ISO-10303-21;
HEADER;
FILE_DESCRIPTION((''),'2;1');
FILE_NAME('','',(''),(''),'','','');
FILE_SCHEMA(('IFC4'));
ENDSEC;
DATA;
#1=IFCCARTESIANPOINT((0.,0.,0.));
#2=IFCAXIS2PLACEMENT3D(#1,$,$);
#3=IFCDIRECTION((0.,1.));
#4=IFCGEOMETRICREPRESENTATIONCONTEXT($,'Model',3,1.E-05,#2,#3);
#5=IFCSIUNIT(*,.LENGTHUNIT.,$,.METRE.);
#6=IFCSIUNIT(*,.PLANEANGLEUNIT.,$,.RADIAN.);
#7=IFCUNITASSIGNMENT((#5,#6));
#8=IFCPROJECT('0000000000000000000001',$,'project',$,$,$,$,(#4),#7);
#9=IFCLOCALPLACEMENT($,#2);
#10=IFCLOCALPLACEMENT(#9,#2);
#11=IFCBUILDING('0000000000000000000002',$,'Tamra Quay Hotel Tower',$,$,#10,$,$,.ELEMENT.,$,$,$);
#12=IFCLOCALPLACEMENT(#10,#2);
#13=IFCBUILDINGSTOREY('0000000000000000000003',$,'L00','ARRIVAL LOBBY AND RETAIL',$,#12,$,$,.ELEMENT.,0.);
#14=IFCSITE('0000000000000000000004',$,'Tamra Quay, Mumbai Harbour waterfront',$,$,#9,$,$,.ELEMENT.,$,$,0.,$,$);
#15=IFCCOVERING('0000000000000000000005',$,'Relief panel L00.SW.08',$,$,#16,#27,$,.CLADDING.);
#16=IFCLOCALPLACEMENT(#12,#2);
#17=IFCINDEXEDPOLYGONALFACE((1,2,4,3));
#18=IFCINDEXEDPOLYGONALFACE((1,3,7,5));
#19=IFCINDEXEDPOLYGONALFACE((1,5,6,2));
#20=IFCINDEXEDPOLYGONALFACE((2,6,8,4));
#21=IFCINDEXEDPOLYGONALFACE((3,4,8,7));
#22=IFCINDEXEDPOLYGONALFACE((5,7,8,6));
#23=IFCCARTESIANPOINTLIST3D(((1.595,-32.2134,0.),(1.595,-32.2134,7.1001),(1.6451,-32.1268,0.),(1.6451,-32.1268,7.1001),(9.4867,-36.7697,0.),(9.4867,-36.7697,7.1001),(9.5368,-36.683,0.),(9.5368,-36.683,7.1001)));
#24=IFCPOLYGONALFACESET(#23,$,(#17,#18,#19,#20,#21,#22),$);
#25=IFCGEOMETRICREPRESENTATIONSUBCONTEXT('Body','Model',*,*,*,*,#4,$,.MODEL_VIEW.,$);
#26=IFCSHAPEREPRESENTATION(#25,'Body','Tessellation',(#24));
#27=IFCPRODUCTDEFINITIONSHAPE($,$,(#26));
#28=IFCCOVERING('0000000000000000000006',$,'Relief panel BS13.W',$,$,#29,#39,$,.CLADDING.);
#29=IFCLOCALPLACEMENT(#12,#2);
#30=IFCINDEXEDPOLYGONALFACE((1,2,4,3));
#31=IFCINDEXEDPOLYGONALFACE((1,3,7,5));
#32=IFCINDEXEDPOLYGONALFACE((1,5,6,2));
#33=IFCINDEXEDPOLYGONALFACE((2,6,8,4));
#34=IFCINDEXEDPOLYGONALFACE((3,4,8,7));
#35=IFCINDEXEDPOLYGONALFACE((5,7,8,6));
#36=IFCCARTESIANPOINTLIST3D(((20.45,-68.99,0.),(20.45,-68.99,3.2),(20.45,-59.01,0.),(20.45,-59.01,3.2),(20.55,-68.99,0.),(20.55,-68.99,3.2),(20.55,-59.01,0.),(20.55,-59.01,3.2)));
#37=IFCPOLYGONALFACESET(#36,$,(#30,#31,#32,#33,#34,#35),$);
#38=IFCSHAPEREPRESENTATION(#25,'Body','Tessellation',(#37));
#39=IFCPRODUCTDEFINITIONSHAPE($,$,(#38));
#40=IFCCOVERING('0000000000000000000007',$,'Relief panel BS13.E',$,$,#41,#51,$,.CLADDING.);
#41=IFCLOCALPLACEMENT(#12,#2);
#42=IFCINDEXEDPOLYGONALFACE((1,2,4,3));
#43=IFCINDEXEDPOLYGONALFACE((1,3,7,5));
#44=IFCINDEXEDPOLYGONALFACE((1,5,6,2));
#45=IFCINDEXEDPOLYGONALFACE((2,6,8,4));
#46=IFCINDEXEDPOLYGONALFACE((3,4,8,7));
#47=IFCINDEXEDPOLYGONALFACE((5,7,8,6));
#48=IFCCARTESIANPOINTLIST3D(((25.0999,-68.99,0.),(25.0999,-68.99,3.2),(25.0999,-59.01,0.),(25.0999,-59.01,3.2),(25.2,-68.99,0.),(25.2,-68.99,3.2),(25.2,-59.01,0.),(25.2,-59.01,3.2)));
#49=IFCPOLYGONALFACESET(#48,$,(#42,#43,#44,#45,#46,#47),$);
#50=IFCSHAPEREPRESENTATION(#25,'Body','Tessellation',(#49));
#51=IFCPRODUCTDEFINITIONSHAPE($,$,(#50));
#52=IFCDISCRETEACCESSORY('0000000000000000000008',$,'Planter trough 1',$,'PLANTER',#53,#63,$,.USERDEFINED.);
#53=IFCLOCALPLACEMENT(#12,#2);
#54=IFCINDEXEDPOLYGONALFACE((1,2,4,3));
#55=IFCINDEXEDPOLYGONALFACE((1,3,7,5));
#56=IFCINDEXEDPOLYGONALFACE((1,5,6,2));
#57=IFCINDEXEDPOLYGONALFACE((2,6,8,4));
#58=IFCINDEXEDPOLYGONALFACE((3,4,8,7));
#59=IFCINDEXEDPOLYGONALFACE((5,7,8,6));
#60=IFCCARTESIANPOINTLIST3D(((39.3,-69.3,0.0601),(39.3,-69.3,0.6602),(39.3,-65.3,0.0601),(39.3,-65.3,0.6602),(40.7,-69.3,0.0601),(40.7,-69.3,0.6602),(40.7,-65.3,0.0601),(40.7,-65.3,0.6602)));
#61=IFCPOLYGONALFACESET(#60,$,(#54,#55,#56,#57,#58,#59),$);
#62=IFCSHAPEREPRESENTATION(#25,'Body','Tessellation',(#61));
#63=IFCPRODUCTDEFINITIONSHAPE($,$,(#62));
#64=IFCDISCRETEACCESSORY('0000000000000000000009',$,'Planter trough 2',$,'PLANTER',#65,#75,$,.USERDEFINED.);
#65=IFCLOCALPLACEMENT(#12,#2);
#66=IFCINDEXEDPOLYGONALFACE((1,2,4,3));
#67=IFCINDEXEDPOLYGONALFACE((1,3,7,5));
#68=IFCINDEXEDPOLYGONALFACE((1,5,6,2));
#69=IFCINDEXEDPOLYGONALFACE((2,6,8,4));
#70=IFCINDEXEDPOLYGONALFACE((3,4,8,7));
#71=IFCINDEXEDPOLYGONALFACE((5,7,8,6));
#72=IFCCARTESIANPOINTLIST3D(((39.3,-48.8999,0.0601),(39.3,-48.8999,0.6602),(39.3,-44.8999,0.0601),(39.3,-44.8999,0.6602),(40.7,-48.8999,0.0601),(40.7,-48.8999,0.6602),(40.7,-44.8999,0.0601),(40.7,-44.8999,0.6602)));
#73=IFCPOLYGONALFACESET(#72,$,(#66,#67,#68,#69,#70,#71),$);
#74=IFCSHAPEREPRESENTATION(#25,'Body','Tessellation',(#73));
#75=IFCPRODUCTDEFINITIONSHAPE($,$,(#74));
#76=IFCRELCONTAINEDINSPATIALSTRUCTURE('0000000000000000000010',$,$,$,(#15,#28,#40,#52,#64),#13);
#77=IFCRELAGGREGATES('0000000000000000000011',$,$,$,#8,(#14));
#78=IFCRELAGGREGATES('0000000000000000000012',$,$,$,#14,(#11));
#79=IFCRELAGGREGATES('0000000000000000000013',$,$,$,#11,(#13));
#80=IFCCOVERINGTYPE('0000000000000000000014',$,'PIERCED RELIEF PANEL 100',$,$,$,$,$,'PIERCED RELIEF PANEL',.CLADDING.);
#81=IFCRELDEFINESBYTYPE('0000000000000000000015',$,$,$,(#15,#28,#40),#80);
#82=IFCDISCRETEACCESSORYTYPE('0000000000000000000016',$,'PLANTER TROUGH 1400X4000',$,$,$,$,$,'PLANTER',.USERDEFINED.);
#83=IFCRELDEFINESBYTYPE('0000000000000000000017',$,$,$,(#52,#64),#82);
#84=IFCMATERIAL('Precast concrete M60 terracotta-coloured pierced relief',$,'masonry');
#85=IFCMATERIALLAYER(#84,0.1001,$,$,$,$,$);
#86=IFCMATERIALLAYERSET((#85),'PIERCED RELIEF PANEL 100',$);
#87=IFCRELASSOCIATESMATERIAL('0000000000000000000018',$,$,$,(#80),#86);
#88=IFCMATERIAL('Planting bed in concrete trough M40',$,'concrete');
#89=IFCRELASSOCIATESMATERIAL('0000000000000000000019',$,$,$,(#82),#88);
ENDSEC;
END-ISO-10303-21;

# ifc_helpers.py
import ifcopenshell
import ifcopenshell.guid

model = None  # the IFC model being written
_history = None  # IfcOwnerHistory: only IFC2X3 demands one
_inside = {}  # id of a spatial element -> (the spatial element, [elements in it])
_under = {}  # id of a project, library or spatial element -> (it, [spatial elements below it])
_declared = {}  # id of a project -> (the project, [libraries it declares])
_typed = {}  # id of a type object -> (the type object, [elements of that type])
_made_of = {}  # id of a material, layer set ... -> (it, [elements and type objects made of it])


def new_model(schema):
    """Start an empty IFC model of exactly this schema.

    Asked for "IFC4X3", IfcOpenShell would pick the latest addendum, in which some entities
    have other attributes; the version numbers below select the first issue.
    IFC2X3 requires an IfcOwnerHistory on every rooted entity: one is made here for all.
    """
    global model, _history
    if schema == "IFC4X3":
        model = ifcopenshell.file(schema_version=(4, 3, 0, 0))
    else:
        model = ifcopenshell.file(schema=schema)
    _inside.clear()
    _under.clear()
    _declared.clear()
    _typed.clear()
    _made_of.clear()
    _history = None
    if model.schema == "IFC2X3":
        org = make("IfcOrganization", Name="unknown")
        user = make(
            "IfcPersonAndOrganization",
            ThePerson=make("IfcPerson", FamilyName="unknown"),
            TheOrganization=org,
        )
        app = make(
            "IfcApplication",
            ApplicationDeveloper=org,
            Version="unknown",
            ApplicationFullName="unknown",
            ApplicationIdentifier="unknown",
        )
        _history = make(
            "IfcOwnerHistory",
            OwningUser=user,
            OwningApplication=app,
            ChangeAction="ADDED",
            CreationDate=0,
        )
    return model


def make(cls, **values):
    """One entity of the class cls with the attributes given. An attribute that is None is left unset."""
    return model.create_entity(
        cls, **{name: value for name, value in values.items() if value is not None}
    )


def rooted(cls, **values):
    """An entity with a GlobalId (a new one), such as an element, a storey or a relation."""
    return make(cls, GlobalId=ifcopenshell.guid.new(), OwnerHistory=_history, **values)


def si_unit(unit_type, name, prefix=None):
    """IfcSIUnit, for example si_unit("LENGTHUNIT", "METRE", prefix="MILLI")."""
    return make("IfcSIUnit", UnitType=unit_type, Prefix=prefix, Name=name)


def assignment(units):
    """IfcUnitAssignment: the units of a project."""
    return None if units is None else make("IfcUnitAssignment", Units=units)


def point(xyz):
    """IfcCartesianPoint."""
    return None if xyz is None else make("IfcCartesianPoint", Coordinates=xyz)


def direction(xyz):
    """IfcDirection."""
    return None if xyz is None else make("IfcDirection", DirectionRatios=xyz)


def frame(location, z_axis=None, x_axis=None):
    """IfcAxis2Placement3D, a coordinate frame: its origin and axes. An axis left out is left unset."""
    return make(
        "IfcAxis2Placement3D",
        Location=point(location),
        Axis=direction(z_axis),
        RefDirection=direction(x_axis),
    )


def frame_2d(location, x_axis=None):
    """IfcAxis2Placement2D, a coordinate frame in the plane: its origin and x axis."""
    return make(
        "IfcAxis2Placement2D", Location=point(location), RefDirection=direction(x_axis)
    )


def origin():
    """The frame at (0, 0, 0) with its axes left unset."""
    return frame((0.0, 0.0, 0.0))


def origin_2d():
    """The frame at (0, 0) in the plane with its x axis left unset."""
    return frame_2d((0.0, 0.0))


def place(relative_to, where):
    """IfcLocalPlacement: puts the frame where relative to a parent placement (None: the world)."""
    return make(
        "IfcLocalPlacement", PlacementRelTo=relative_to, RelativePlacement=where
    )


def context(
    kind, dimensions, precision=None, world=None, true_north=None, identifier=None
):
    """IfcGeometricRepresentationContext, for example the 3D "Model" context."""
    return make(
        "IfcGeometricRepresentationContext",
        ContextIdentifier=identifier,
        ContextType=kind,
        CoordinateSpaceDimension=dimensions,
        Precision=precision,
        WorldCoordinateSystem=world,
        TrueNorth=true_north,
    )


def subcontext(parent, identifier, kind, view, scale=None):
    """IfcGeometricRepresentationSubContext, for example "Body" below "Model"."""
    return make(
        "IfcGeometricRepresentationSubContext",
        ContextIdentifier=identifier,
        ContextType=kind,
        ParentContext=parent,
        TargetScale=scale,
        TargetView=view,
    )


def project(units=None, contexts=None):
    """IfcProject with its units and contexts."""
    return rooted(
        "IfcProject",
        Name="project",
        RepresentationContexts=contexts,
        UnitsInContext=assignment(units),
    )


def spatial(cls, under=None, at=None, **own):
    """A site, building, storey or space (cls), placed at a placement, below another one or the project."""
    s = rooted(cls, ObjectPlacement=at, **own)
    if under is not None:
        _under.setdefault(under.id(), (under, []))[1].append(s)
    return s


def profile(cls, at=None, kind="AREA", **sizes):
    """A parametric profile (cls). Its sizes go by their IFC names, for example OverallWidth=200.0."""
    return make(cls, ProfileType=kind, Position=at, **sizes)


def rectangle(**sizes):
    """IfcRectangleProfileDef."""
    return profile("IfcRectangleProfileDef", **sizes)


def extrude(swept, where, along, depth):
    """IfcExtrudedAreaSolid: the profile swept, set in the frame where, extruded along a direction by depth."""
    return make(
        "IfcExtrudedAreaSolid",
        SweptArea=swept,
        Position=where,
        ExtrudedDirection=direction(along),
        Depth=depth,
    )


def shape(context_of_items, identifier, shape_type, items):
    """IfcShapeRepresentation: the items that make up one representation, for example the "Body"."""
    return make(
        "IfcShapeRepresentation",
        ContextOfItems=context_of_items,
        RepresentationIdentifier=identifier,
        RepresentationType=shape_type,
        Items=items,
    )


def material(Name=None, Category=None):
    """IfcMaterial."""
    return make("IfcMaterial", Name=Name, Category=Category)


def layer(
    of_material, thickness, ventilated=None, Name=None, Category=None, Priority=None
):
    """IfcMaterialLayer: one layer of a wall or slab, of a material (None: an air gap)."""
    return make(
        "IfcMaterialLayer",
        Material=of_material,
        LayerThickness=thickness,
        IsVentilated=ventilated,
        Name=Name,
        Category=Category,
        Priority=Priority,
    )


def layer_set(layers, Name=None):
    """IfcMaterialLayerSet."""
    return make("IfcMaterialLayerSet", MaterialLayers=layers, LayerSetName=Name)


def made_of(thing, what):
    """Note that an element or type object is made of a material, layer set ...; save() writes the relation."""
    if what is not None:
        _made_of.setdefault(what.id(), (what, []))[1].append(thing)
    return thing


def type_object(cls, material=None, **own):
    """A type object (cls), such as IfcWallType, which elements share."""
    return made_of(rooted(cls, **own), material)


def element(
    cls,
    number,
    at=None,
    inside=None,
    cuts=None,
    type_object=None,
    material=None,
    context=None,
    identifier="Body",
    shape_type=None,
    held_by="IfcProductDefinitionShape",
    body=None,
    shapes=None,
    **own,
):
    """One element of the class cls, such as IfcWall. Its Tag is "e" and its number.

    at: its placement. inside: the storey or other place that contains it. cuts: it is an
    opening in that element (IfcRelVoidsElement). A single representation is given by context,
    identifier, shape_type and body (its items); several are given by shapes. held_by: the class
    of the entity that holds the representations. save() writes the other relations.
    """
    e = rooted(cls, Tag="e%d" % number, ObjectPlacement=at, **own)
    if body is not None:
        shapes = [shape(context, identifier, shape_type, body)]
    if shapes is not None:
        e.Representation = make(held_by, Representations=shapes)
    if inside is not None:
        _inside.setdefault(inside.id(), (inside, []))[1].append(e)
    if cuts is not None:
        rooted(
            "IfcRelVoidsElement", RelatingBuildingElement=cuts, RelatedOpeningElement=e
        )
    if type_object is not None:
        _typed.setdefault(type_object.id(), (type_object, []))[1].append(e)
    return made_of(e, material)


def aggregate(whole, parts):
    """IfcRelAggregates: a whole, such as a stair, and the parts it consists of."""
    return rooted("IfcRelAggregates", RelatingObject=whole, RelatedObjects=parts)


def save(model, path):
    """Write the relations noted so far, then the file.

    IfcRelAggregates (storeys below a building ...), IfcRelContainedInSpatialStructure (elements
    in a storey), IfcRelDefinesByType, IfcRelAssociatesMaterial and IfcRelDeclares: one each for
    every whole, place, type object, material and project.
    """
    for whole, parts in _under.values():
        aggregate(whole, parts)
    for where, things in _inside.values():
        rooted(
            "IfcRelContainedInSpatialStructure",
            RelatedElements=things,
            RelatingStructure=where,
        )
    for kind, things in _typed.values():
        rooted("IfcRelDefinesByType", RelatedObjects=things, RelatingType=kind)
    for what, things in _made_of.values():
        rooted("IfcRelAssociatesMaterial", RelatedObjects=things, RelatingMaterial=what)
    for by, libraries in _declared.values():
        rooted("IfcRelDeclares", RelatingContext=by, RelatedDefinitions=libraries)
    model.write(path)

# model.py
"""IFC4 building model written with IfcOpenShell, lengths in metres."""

from ifc_helpers import new_model, si_unit, direction, frame, origin, origin_2d, place, context, subcontext, project, spatial, rectangle, extrude, material, layer, layer_set, type_object, element, save


model = new_model("IFC4")

# Units and contexts
model_context = context("Model", 3, precision=1e-05, world=origin(), true_north=direction((0.0, 1.0)))
body_context = subcontext(model_context, "Body", "Model", "MODEL_VIEW")
ifc_project = project(units=[si_unit("LENGTHUNIT", "METRE"), si_unit("PLANEANGLEUNIT", "RADIAN")], contexts=[model_context])

# Site, building, storey
site_placement = place(None, origin())
site = spatial("IfcSite", under=ifc_project, at=site_placement, Name="Tamra Quay, Mumbai Harbour waterfront", CompositionType="ELEMENT", RefElevation=0.0)
building_placement = place(site_placement, origin())
building = spatial("IfcBuilding", under=site, at=building_placement, Name="Tamra Quay Hotel Tower", CompositionType="ELEMENT")
storey_placement = place(building_placement, origin())
storey = spatial("IfcBuildingStorey", under=building, at=storey_placement, Name="L00", Description="ARRIVAL LOBBY AND RETAIL", CompositionType="ELEMENT", Elevation=0.0)

# Coverings
ifc_material_1 = material(Name="Precast concrete M60 terracotta-coloured pierced relief", Category="masonry")
ifc_layer_1 = layer(ifc_material_1, 0.1001)
ifc_layer_set_1 = layer_set([ifc_layer_1], Name="PIERCED RELIEF PANEL 100")
covering_type = type_object("IfcCoveringType", Name="PIERCED RELIEF PANEL 100", ElementType="PIERCED RELIEF PANEL", PredefinedType="CLADDING", material=ifc_layer_set_1)
covering_placement = place(storey_placement, frame((5.5659, -34.4482, 0.0), z_axis=(0.0, 0.0, 1.0), x_axis=(0.866025, -0.5, 0.0)))
element("IfcCovering", 1, at=covering_placement, inside=storey, type_object=covering_type, Name="Relief panel L00.SW.08", PredefinedType="CLADDING", context=body_context, shape_type="SweptSolid", body=[
    extrude(rectangle(XDim=9.1125, YDim=0.1001, at=origin_2d()), origin(), (0.0, 0.0, 1.0), 7.1001),
])
for number, where, z_axis, x_axis, name in (
    (2, (20.5, -64.0, 0.0), (0.0, 0.0, 1.0), (0.0, -1.0, 0.0), "Relief panel BS13.W"),
    (3, (25.1499, -64.0, 0.0), (0.0, 0.0, 1.0), (0.0, 1.0, 0.0), "Relief panel BS13.E"),
):
    element("IfcCovering", number, at=place(storey_placement, frame(where, z_axis=z_axis, x_axis=x_axis)), inside=storey, type_object=covering_type, Name=name, PredefinedType="CLADDING", context=body_context, shape_type="SweptSolid", body=[
        extrude(rectangle(XDim=9.98, YDim=0.1001, at=origin_2d()), origin(), (0.0, 0.0, 1.0), 3.2),
    ])

# Discrete accessories
ifc_material_2 = material(Name="Planting bed in concrete trough M40", Category="concrete")
discrete_accessory_type = type_object("IfcDiscreteAccessoryType", Name="PLANTER TROUGH 1400X4000", ElementType="PLANTER", PredefinedType="USERDEFINED", material=ifc_material_2)
for number, where, z_axis, x_axis, name in (
    (4, (40.0, -67.3, 0.0601), (0.0, 0.0, 1.0), (1.0, 0.0, 0.0), "Planter trough 1"),
    (5, (40.0, -46.8999, 0.0601), (0.0, 0.0, 1.0), (1.0, 0.0, 0.0), "Planter trough 2"),
):
    element("IfcDiscreteAccessory", number, at=place(storey_placement, frame(where, z_axis=z_axis, x_axis=x_axis)), inside=storey, type_object=discrete_accessory_type, Name=name, ObjectType="PLANTER", PredefinedType="USERDEFINED", context=body_context, shape_type="SweptSolid", body=[
        extrude(rectangle(XDim=1.3999, YDim=4.0, at=origin_2d()), origin(), (0.0, 0.0, 1.0), 0.6001),
    ])

save(model, "model.ifc")
